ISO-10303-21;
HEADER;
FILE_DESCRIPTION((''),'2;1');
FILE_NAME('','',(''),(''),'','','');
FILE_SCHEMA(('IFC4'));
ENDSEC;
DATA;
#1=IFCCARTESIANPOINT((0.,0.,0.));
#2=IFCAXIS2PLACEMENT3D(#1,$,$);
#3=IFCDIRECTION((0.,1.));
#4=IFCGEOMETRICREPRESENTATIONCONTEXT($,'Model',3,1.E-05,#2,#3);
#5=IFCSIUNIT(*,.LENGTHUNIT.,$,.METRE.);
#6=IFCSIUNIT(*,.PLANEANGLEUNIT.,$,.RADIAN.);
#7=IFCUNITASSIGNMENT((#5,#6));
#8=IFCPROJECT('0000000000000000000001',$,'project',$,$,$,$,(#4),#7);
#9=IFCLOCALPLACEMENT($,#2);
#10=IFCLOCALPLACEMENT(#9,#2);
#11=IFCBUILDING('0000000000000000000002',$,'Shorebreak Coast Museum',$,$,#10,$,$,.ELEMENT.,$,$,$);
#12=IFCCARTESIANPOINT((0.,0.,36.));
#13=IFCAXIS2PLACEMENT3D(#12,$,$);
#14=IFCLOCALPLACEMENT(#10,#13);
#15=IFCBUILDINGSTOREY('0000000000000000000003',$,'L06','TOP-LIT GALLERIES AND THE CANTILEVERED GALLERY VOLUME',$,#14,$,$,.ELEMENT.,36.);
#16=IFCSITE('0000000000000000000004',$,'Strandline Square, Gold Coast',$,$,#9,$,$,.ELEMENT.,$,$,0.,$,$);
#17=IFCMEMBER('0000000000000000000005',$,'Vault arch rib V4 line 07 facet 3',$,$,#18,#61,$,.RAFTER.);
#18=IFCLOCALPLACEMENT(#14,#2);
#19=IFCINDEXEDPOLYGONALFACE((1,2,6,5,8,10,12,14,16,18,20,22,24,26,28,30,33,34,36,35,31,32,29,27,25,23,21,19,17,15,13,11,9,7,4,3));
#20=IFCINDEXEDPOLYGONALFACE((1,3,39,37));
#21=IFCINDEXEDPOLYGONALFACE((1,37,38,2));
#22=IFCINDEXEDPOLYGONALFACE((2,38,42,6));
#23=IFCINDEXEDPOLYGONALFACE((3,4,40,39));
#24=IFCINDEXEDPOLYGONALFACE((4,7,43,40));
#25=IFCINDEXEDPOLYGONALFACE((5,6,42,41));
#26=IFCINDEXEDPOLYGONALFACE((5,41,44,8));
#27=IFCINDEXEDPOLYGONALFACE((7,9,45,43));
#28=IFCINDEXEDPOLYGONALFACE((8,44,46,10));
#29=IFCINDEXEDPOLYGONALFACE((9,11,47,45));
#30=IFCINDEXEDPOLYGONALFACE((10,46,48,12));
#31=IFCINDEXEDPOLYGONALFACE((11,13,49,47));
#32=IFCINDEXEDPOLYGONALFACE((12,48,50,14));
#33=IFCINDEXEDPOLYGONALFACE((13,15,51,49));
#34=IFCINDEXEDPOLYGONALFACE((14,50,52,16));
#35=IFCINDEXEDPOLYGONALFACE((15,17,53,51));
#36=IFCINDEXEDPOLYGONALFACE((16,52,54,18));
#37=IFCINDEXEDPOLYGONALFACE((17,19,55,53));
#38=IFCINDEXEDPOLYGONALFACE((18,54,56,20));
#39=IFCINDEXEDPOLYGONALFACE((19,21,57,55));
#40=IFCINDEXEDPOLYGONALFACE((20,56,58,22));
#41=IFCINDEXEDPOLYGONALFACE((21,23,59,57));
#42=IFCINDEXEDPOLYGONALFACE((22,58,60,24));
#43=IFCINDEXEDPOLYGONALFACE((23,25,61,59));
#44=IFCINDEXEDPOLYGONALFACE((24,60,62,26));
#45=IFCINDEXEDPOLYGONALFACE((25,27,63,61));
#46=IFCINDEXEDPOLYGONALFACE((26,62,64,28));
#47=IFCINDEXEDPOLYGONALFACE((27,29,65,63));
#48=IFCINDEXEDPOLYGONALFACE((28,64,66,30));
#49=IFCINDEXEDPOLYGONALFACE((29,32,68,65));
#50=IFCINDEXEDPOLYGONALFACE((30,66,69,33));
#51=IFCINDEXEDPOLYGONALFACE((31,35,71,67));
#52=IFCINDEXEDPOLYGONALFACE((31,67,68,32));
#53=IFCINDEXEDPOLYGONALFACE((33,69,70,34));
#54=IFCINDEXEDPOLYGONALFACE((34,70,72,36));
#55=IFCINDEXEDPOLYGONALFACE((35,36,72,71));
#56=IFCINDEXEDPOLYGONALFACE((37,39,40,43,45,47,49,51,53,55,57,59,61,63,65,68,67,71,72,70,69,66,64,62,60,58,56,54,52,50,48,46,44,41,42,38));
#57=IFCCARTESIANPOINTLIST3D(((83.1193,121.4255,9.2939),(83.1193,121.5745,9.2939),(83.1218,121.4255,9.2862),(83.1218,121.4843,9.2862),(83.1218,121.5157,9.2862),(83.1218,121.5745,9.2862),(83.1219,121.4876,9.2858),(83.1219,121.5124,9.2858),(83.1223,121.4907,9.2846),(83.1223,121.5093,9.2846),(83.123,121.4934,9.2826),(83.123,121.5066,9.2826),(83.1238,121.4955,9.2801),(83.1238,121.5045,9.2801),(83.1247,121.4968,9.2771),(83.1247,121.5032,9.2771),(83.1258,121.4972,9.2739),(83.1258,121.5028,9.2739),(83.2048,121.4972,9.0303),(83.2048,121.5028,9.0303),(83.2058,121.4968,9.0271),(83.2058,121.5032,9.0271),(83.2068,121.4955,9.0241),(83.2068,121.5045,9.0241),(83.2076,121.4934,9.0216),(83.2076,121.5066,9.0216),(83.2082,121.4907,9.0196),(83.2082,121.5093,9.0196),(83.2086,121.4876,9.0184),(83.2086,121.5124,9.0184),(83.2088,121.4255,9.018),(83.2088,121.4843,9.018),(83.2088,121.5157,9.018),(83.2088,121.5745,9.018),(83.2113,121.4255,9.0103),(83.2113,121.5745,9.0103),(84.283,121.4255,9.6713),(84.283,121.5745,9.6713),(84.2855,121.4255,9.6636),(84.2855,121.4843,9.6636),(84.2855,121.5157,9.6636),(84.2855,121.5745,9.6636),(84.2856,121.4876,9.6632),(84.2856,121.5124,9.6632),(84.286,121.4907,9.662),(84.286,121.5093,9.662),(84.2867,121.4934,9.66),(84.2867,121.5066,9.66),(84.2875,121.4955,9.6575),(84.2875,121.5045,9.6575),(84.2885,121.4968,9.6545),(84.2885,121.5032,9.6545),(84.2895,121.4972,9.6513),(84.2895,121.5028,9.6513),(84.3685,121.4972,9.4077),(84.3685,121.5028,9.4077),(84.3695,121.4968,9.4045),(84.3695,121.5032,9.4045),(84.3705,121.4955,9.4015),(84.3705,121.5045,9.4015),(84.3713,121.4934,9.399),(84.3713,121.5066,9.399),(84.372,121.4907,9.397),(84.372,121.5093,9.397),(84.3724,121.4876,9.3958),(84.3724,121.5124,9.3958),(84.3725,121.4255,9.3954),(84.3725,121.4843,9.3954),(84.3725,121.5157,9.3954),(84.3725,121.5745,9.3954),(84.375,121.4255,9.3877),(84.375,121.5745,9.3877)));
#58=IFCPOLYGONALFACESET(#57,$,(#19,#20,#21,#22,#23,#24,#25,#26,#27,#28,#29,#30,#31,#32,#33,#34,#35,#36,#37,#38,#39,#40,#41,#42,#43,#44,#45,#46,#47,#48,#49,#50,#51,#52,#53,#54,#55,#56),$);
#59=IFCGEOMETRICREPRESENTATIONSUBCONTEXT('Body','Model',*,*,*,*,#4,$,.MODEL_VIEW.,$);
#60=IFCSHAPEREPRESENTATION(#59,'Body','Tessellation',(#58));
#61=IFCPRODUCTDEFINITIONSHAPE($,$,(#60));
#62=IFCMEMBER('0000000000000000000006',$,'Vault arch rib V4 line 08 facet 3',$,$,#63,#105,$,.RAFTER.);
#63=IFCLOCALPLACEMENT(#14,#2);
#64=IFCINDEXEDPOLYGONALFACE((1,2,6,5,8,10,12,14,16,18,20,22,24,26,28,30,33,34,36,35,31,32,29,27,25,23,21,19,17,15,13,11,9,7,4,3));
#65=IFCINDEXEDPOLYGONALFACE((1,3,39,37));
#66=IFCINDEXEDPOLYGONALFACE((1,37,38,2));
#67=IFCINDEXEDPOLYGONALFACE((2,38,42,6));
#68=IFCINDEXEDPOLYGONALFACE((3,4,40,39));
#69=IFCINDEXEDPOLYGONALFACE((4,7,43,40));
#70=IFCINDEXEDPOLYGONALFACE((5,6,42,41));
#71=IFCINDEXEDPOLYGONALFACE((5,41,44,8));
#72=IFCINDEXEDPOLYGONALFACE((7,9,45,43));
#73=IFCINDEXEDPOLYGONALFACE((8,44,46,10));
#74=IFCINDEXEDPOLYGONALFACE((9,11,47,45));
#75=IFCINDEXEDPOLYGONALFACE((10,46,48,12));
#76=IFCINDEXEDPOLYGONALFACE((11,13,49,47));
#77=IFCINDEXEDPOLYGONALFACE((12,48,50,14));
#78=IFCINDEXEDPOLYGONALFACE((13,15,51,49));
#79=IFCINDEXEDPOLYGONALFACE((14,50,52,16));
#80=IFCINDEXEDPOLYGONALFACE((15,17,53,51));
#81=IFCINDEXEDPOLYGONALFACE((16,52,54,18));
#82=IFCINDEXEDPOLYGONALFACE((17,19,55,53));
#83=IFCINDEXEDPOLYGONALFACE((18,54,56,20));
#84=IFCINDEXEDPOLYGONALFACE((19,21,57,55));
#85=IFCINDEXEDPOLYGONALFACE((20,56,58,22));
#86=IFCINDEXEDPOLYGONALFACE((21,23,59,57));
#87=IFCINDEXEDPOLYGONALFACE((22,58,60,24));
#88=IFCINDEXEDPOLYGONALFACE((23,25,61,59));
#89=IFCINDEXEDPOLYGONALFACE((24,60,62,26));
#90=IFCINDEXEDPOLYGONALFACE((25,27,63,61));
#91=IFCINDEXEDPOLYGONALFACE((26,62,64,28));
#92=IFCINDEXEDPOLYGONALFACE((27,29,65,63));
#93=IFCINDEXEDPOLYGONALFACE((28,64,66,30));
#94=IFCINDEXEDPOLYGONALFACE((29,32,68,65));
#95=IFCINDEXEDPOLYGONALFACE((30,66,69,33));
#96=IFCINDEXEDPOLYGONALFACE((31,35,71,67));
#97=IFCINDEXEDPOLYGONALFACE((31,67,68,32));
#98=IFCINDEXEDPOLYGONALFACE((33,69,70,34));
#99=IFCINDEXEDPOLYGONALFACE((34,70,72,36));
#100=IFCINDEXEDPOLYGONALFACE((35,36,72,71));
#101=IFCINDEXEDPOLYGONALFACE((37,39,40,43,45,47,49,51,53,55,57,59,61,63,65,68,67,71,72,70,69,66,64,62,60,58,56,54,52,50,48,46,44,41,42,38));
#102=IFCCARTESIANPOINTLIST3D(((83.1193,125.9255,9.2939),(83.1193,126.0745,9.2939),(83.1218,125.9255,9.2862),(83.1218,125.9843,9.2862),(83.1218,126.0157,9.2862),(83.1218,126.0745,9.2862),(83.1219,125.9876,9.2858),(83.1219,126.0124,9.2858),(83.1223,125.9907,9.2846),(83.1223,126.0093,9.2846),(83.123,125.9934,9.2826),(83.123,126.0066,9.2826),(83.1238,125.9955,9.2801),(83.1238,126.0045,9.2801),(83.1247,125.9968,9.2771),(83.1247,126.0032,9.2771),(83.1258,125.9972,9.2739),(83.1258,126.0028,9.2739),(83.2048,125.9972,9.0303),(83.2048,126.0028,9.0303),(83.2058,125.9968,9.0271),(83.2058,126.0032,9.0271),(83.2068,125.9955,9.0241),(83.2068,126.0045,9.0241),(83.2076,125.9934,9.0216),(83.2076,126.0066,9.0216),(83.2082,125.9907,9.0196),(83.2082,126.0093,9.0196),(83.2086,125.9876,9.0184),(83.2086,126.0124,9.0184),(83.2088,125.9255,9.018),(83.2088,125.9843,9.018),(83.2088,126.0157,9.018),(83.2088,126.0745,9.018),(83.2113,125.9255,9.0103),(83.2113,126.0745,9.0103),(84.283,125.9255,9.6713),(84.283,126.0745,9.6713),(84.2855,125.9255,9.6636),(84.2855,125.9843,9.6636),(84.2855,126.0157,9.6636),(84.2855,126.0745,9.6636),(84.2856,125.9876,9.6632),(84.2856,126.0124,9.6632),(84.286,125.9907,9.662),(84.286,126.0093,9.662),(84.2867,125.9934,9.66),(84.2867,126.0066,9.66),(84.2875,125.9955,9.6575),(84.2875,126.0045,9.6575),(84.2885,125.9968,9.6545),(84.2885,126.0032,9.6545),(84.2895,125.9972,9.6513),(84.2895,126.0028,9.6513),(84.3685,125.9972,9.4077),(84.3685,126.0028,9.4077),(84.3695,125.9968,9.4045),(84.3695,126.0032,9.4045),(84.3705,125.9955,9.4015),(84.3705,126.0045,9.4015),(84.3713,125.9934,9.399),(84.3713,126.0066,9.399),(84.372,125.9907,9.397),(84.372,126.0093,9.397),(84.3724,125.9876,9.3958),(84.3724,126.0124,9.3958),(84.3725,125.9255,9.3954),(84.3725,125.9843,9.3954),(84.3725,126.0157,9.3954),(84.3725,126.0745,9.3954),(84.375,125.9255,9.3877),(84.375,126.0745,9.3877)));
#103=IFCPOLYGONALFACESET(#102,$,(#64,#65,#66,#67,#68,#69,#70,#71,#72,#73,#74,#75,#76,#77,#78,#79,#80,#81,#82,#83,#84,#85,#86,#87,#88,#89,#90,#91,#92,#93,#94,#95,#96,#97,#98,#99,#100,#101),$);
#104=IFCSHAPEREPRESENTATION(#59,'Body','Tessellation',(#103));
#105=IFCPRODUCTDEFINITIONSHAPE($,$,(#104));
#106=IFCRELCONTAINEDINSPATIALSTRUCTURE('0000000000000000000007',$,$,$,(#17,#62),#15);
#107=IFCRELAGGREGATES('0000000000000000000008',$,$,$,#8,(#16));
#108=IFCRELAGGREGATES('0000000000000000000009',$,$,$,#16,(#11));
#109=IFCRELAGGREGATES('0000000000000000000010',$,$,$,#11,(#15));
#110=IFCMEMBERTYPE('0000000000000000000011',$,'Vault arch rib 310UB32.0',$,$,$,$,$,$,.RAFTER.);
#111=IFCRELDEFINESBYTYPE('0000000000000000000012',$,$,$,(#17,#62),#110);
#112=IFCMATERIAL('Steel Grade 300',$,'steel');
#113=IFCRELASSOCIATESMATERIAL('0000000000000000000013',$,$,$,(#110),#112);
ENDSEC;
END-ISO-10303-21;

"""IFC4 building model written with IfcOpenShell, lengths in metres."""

from ifc_helpers import new_model, si_unit, direction, frame, origin, origin_2d, place, context, subcontext, project, spatial, i_section, extrude, material, material_profile, profile_set, type_object, element, save


model = new_model("IFC4")

# Units and contexts
model_context = context("Model", 3, precision=1e-05, world=origin(), true_north=direction((0.0, 1.0)))
body_context = subcontext(model_context, "Body", "Model", "MODEL_VIEW")
ifc_project = project(units=[si_unit("LENGTHUNIT", "METRE"), si_unit("PLANEANGLEUNIT", "RADIAN")], contexts=[model_context])

# Site, building, storey
site_placement = place(None, origin())
site = spatial("IfcSite", under=ifc_project, at=site_placement, Name="Strandline Square, Gold Coast", CompositionType="ELEMENT", RefElevation=0.0)
building_placement = place(site_placement, origin())
building = spatial("IfcBuilding", under=site, at=building_placement, Name="Shorebreak Coast Museum", CompositionType="ELEMENT")
storey_placement = place(building_placement, frame((0.0, 0.0, 36.0)))
storey = spatial("IfcBuildingStorey", under=building, at=storey_placement, Name="L06", Description="TOP-LIT GALLERIES AND THE CANTILEVERED GALLERY VOLUME", CompositionType="ELEMENT", Elevation=36.0)

# Members
ifc_material_1 = material(Name="Steel Grade 300", Category="steel")
ifc_material_profile_1 = material_profile(ifc_material_1, i_section(OverallWidth=0.1489, OverallDepth=0.2981, WebThickness=0.0056, FlangeThickness=0.0081, FilletRadius=0.0129, at=origin_2d()), Name="310UB32.0")
ifc_profile_set_1 = profile_set([ifc_material_profile_1], Name="Steel Grade 300")
member_type_1 = type_object("IfcMemberType", Name="Vault arch rib 310UB32.0", PredefinedType="RAFTER", material=ifc_profile_set_1)
for number, where, z_axis, x_axis, name in (
    (1, (83.1653, 121.5, 9.1521), (0.951226, 0.0, 0.308495), (0.0, 1.0, 0.0), "Vault arch rib V4 line 07 facet 3"),
    (2, (83.1653, 126.0, 9.1521), (0.951226, 0.0, 0.308495), (0.0, 1.0, 0.0), "Vault arch rib V4 line 08 facet 3"),
):
    element("IfcMember", number, at=place(storey_placement, frame(where, z_axis=z_axis, x_axis=x_axis)), inside=storey, type_object=member_type_1, Name=name, PredefinedType="RAFTER", context=body_context, shape_type="SweptSolid", body=[
        extrude(i_section(OverallWidth=0.1489, OverallDepth=0.2981, WebThickness=0.0056, FlangeThickness=0.0081, FilletRadius=0.0129, at=origin_2d()), origin(), (0.0, 0.0, 1.0), 1.2234),
    ])

save(model, "model.ifc")
